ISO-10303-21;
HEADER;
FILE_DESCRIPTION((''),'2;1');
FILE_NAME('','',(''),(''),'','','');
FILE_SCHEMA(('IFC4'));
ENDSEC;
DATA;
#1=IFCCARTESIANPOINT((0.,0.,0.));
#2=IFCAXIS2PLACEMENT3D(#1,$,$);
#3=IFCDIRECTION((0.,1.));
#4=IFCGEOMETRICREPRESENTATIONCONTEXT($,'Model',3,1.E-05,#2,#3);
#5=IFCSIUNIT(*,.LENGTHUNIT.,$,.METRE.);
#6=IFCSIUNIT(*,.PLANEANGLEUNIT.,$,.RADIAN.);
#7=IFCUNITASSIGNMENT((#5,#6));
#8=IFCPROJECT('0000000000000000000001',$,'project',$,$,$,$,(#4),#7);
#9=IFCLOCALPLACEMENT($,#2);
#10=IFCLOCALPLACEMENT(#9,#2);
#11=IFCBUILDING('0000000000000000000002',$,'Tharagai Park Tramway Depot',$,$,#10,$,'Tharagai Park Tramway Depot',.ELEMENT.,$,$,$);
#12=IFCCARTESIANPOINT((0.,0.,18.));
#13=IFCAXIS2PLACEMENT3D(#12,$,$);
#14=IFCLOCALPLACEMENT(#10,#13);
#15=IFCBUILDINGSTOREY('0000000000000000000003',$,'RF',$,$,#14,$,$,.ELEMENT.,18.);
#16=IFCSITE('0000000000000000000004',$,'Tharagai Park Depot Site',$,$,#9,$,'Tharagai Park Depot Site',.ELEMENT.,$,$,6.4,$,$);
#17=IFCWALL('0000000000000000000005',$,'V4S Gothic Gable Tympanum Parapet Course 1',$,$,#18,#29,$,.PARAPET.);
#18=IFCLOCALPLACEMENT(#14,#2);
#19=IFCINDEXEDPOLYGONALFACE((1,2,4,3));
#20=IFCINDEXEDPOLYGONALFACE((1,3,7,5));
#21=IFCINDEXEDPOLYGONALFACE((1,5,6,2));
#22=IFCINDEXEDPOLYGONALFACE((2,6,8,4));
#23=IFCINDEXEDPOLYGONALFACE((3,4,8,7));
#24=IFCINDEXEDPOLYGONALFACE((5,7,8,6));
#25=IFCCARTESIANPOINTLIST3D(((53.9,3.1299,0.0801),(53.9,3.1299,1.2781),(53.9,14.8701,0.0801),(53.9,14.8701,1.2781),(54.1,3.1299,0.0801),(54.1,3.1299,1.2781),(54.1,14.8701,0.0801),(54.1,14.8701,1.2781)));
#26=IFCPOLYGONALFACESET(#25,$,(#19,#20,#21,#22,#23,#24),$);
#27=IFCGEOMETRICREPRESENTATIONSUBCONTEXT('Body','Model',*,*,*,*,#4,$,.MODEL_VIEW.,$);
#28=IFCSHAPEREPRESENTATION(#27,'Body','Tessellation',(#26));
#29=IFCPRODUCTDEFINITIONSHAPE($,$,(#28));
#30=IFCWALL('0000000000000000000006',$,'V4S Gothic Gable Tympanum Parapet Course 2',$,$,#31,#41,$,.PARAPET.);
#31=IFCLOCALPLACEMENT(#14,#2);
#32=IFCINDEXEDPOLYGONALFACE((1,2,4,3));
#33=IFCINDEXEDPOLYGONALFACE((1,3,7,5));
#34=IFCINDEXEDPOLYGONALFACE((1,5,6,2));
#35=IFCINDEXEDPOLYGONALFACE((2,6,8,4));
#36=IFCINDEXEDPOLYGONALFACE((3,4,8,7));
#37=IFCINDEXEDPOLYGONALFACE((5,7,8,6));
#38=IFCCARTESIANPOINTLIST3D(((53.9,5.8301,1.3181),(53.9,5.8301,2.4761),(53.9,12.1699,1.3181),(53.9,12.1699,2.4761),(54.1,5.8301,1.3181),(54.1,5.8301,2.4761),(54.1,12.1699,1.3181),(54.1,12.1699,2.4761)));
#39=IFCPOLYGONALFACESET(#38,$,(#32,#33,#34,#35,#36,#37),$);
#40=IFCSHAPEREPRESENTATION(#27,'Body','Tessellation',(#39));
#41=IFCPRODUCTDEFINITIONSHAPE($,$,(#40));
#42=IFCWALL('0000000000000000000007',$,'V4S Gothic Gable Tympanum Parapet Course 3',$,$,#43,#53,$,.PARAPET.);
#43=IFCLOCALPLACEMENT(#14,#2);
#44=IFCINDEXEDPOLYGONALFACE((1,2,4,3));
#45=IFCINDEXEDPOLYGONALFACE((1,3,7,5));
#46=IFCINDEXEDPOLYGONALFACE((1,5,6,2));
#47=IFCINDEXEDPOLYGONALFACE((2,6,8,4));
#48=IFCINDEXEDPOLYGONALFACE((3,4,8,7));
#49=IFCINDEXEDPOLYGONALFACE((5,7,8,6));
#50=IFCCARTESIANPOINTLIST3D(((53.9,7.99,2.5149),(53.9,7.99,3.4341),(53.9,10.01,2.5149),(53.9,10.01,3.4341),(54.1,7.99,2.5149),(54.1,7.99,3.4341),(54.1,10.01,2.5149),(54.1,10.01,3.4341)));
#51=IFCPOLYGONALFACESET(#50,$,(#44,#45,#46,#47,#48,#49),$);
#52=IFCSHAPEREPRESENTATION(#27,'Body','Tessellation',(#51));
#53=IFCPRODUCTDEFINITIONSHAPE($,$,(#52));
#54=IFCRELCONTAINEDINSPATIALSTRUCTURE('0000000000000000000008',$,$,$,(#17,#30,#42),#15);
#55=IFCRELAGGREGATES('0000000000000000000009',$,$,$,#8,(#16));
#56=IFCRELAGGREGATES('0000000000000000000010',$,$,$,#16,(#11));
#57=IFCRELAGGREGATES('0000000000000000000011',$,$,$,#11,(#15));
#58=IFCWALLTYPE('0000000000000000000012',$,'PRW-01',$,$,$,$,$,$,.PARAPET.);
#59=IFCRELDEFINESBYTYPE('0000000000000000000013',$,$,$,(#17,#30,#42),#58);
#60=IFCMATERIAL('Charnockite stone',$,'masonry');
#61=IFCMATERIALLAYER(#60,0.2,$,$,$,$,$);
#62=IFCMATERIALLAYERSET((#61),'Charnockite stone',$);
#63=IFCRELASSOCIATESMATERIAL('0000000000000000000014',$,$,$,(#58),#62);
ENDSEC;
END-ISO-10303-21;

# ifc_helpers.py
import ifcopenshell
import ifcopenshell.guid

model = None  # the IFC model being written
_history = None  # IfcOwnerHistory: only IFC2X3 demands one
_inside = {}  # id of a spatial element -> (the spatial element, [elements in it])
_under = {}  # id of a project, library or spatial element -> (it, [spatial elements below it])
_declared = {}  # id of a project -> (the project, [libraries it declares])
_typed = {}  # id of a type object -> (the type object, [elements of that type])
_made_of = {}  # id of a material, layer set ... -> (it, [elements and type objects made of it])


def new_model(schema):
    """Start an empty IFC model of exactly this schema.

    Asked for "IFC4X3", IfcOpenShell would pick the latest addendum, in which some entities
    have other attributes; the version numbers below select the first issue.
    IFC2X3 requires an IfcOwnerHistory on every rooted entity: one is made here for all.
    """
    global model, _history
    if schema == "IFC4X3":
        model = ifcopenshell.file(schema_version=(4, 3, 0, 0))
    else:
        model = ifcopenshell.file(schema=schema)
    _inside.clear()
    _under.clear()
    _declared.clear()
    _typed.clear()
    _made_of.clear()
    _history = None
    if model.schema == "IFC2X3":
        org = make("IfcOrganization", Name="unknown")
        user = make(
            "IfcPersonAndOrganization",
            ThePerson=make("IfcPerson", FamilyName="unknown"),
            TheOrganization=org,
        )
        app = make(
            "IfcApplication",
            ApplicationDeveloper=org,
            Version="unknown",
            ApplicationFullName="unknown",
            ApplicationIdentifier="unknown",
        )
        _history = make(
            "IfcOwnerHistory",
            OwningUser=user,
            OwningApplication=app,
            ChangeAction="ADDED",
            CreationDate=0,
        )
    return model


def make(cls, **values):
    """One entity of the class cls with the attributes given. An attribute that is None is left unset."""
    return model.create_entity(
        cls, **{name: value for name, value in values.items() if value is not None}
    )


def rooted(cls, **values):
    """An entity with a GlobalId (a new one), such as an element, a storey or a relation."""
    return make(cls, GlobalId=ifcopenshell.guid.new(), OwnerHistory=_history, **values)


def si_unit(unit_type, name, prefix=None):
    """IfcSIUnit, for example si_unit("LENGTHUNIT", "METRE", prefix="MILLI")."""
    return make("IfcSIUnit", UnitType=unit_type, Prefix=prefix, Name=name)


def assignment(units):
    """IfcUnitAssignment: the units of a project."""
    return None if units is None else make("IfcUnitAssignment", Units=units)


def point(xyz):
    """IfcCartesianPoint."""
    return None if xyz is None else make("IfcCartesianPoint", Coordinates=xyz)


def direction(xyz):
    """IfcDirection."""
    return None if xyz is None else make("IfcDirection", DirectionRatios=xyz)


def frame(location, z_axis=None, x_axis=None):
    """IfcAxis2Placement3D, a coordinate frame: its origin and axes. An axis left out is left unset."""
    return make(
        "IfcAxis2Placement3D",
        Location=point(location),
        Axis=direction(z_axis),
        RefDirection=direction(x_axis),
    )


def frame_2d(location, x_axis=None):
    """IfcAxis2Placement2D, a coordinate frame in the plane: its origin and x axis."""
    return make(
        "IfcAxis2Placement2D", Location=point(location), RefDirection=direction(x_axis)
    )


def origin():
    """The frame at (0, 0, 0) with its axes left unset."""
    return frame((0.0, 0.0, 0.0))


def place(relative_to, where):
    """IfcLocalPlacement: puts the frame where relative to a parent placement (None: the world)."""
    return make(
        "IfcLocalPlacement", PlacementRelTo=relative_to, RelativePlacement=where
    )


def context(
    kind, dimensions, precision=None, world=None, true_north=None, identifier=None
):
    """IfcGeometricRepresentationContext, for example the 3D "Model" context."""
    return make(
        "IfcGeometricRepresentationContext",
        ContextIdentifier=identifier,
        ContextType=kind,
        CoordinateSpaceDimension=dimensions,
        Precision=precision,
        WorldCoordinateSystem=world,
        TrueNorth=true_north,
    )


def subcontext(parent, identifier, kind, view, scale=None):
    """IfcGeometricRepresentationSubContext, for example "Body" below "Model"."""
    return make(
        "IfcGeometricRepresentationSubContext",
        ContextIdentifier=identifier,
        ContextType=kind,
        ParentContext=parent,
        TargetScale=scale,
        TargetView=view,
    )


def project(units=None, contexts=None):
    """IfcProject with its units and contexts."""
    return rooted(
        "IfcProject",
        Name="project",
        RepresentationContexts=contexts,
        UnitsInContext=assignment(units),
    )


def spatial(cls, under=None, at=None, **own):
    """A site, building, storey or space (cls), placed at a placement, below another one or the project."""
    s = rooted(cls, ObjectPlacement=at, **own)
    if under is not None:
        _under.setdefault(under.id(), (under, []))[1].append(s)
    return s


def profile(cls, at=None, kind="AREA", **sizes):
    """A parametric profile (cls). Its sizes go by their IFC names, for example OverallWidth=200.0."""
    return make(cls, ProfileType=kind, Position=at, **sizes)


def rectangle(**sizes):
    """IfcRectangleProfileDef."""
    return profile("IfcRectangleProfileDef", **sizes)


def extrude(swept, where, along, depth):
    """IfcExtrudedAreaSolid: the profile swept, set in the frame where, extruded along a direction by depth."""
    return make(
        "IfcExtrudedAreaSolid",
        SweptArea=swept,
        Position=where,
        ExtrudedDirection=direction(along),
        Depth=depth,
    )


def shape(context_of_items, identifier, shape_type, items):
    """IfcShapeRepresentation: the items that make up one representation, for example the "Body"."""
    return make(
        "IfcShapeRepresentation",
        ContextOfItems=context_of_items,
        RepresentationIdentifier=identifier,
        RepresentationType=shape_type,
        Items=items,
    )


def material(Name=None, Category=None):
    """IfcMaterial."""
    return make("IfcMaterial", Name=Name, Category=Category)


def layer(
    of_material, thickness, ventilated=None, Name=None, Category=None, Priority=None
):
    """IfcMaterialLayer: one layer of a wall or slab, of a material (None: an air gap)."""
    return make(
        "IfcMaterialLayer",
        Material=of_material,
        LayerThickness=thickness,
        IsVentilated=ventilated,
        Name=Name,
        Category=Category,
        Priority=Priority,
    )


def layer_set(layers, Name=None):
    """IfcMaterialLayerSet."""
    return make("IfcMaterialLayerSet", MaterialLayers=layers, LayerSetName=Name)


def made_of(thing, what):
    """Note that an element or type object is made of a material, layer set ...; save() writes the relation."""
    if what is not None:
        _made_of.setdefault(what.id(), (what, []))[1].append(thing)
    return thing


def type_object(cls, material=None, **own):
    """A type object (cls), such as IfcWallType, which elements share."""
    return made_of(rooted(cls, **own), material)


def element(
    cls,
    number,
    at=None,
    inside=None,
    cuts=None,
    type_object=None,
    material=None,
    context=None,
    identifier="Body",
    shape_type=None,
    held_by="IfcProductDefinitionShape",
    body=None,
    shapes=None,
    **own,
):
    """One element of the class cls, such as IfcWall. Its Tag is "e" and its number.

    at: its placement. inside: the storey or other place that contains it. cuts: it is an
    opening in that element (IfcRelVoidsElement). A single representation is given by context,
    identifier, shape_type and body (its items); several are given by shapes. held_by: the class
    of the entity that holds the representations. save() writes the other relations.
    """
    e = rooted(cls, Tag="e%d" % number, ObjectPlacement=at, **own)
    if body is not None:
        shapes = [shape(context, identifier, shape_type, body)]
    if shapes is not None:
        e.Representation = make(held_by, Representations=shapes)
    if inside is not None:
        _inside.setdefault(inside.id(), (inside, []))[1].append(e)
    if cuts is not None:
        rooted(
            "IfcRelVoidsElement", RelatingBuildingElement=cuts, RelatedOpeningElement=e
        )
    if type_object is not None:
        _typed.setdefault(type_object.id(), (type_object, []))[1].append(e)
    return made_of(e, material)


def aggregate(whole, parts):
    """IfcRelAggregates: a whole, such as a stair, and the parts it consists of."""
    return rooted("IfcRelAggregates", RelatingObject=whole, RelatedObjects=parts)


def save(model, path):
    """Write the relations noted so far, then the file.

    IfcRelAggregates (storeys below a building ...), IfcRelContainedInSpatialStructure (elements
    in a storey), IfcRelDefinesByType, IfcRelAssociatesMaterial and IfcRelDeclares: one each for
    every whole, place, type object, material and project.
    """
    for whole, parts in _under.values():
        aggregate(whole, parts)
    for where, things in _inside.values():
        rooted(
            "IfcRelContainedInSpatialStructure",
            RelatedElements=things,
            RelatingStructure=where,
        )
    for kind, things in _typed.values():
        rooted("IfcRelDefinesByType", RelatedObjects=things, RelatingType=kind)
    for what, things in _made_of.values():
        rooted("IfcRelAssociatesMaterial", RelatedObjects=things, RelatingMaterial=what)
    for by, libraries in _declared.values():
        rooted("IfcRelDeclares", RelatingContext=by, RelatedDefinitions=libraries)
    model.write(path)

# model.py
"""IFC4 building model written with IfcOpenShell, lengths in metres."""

from ifc_helpers import new_model, si_unit, direction, frame, frame_2d, origin, place, context, subcontext, project, spatial, rectangle, extrude, material, layer, layer_set, type_object, element, save


model = new_model("IFC4")

# Units and contexts
model_context = context("Model", 3, precision=1e-05, world=origin(), true_north=direction((0.0, 1.0)))
body_context = subcontext(model_context, "Body", "Model", "MODEL_VIEW")
ifc_project = project(units=[si_unit("LENGTHUNIT", "METRE"), si_unit("PLANEANGLEUNIT", "RADIAN")], contexts=[model_context])

# Site, building, storey
site_placement = place(None, origin())
site = spatial("IfcSite", under=ifc_project, at=site_placement, Name="Tharagai Park Depot Site", LongName="Tharagai Park Depot Site", CompositionType="ELEMENT", RefElevation=6.4)
building_placement = place(site_placement, origin())
building = spatial("IfcBuilding", under=site, at=building_placement, Name="Tharagai Park Tramway Depot", LongName="Tharagai Park Tramway Depot", CompositionType="ELEMENT")
storey_placement = place(building_placement, frame((0.0, 0.0, 18.0)))
storey = spatial("IfcBuildingStorey", under=building, at=storey_placement, Name="RF", CompositionType="ELEMENT", Elevation=18.0)

# Walls
ifc_material_1 = material(Name="Charnockite stone", Category="masonry")
ifc_layer_1 = layer(ifc_material_1, 0.2)
ifc_layer_set_1 = layer_set([ifc_layer_1], Name="Charnockite stone")
wall_type = type_object("IfcWallType", Name="PRW-01", PredefinedType="PARAPET", material=ifc_layer_set_1)
wall_1_placement = place(storey_placement, frame((54.0, 3.1299, 0.0801), z_axis=(0.0, 0.0, 1.0), x_axis=(0.0, 1.0, 0.0)))
element("IfcWall", 1, at=wall_1_placement, inside=storey, type_object=wall_type, Name="V4S Gothic Gable Tympanum Parapet Course 1", PredefinedType="PARAPET", context=body_context, shape_type="SweptSolid", body=[
    extrude(rectangle(XDim=11.7402, YDim=0.2, at=frame_2d((5.8701, 0.0))), origin(), (0.0, 0.0, 1.0), 1.198),
])
wall_2_placement = place(storey_placement, frame((54.0, 5.8301, 1.3181), z_axis=(0.0, 0.0, 1.0), x_axis=(0.0, 1.0, 0.0)))
element("IfcWall", 2, at=wall_2_placement, inside=storey, type_object=wall_type, Name="V4S Gothic Gable Tympanum Parapet Course 2", PredefinedType="PARAPET", context=body_context, shape_type="SweptSolid", body=[
    extrude(rectangle(XDim=6.3398, YDim=0.2, at=frame_2d((3.1699, 0.0))), origin(), (0.0, 0.0, 1.0), 1.158),
])
wall_3_placement = place(storey_placement, frame((54.0, 7.99, 2.5149), z_axis=(0.0, 0.0, 1.0), x_axis=(0.0, 1.0, 0.0)))
element("IfcWall", 3, at=wall_3_placement, inside=storey, type_object=wall_type, Name="V4S Gothic Gable Tympanum Parapet Course 3", PredefinedType="PARAPET", context=body_context, shape_type="SweptSolid", body=[
    extrude(rectangle(XDim=2.02, YDim=0.2, at=frame_2d((1.01, 0.0))), origin(), (0.0, 0.0, 1.0), 0.9192),
])

save(model, "model.ifc")
